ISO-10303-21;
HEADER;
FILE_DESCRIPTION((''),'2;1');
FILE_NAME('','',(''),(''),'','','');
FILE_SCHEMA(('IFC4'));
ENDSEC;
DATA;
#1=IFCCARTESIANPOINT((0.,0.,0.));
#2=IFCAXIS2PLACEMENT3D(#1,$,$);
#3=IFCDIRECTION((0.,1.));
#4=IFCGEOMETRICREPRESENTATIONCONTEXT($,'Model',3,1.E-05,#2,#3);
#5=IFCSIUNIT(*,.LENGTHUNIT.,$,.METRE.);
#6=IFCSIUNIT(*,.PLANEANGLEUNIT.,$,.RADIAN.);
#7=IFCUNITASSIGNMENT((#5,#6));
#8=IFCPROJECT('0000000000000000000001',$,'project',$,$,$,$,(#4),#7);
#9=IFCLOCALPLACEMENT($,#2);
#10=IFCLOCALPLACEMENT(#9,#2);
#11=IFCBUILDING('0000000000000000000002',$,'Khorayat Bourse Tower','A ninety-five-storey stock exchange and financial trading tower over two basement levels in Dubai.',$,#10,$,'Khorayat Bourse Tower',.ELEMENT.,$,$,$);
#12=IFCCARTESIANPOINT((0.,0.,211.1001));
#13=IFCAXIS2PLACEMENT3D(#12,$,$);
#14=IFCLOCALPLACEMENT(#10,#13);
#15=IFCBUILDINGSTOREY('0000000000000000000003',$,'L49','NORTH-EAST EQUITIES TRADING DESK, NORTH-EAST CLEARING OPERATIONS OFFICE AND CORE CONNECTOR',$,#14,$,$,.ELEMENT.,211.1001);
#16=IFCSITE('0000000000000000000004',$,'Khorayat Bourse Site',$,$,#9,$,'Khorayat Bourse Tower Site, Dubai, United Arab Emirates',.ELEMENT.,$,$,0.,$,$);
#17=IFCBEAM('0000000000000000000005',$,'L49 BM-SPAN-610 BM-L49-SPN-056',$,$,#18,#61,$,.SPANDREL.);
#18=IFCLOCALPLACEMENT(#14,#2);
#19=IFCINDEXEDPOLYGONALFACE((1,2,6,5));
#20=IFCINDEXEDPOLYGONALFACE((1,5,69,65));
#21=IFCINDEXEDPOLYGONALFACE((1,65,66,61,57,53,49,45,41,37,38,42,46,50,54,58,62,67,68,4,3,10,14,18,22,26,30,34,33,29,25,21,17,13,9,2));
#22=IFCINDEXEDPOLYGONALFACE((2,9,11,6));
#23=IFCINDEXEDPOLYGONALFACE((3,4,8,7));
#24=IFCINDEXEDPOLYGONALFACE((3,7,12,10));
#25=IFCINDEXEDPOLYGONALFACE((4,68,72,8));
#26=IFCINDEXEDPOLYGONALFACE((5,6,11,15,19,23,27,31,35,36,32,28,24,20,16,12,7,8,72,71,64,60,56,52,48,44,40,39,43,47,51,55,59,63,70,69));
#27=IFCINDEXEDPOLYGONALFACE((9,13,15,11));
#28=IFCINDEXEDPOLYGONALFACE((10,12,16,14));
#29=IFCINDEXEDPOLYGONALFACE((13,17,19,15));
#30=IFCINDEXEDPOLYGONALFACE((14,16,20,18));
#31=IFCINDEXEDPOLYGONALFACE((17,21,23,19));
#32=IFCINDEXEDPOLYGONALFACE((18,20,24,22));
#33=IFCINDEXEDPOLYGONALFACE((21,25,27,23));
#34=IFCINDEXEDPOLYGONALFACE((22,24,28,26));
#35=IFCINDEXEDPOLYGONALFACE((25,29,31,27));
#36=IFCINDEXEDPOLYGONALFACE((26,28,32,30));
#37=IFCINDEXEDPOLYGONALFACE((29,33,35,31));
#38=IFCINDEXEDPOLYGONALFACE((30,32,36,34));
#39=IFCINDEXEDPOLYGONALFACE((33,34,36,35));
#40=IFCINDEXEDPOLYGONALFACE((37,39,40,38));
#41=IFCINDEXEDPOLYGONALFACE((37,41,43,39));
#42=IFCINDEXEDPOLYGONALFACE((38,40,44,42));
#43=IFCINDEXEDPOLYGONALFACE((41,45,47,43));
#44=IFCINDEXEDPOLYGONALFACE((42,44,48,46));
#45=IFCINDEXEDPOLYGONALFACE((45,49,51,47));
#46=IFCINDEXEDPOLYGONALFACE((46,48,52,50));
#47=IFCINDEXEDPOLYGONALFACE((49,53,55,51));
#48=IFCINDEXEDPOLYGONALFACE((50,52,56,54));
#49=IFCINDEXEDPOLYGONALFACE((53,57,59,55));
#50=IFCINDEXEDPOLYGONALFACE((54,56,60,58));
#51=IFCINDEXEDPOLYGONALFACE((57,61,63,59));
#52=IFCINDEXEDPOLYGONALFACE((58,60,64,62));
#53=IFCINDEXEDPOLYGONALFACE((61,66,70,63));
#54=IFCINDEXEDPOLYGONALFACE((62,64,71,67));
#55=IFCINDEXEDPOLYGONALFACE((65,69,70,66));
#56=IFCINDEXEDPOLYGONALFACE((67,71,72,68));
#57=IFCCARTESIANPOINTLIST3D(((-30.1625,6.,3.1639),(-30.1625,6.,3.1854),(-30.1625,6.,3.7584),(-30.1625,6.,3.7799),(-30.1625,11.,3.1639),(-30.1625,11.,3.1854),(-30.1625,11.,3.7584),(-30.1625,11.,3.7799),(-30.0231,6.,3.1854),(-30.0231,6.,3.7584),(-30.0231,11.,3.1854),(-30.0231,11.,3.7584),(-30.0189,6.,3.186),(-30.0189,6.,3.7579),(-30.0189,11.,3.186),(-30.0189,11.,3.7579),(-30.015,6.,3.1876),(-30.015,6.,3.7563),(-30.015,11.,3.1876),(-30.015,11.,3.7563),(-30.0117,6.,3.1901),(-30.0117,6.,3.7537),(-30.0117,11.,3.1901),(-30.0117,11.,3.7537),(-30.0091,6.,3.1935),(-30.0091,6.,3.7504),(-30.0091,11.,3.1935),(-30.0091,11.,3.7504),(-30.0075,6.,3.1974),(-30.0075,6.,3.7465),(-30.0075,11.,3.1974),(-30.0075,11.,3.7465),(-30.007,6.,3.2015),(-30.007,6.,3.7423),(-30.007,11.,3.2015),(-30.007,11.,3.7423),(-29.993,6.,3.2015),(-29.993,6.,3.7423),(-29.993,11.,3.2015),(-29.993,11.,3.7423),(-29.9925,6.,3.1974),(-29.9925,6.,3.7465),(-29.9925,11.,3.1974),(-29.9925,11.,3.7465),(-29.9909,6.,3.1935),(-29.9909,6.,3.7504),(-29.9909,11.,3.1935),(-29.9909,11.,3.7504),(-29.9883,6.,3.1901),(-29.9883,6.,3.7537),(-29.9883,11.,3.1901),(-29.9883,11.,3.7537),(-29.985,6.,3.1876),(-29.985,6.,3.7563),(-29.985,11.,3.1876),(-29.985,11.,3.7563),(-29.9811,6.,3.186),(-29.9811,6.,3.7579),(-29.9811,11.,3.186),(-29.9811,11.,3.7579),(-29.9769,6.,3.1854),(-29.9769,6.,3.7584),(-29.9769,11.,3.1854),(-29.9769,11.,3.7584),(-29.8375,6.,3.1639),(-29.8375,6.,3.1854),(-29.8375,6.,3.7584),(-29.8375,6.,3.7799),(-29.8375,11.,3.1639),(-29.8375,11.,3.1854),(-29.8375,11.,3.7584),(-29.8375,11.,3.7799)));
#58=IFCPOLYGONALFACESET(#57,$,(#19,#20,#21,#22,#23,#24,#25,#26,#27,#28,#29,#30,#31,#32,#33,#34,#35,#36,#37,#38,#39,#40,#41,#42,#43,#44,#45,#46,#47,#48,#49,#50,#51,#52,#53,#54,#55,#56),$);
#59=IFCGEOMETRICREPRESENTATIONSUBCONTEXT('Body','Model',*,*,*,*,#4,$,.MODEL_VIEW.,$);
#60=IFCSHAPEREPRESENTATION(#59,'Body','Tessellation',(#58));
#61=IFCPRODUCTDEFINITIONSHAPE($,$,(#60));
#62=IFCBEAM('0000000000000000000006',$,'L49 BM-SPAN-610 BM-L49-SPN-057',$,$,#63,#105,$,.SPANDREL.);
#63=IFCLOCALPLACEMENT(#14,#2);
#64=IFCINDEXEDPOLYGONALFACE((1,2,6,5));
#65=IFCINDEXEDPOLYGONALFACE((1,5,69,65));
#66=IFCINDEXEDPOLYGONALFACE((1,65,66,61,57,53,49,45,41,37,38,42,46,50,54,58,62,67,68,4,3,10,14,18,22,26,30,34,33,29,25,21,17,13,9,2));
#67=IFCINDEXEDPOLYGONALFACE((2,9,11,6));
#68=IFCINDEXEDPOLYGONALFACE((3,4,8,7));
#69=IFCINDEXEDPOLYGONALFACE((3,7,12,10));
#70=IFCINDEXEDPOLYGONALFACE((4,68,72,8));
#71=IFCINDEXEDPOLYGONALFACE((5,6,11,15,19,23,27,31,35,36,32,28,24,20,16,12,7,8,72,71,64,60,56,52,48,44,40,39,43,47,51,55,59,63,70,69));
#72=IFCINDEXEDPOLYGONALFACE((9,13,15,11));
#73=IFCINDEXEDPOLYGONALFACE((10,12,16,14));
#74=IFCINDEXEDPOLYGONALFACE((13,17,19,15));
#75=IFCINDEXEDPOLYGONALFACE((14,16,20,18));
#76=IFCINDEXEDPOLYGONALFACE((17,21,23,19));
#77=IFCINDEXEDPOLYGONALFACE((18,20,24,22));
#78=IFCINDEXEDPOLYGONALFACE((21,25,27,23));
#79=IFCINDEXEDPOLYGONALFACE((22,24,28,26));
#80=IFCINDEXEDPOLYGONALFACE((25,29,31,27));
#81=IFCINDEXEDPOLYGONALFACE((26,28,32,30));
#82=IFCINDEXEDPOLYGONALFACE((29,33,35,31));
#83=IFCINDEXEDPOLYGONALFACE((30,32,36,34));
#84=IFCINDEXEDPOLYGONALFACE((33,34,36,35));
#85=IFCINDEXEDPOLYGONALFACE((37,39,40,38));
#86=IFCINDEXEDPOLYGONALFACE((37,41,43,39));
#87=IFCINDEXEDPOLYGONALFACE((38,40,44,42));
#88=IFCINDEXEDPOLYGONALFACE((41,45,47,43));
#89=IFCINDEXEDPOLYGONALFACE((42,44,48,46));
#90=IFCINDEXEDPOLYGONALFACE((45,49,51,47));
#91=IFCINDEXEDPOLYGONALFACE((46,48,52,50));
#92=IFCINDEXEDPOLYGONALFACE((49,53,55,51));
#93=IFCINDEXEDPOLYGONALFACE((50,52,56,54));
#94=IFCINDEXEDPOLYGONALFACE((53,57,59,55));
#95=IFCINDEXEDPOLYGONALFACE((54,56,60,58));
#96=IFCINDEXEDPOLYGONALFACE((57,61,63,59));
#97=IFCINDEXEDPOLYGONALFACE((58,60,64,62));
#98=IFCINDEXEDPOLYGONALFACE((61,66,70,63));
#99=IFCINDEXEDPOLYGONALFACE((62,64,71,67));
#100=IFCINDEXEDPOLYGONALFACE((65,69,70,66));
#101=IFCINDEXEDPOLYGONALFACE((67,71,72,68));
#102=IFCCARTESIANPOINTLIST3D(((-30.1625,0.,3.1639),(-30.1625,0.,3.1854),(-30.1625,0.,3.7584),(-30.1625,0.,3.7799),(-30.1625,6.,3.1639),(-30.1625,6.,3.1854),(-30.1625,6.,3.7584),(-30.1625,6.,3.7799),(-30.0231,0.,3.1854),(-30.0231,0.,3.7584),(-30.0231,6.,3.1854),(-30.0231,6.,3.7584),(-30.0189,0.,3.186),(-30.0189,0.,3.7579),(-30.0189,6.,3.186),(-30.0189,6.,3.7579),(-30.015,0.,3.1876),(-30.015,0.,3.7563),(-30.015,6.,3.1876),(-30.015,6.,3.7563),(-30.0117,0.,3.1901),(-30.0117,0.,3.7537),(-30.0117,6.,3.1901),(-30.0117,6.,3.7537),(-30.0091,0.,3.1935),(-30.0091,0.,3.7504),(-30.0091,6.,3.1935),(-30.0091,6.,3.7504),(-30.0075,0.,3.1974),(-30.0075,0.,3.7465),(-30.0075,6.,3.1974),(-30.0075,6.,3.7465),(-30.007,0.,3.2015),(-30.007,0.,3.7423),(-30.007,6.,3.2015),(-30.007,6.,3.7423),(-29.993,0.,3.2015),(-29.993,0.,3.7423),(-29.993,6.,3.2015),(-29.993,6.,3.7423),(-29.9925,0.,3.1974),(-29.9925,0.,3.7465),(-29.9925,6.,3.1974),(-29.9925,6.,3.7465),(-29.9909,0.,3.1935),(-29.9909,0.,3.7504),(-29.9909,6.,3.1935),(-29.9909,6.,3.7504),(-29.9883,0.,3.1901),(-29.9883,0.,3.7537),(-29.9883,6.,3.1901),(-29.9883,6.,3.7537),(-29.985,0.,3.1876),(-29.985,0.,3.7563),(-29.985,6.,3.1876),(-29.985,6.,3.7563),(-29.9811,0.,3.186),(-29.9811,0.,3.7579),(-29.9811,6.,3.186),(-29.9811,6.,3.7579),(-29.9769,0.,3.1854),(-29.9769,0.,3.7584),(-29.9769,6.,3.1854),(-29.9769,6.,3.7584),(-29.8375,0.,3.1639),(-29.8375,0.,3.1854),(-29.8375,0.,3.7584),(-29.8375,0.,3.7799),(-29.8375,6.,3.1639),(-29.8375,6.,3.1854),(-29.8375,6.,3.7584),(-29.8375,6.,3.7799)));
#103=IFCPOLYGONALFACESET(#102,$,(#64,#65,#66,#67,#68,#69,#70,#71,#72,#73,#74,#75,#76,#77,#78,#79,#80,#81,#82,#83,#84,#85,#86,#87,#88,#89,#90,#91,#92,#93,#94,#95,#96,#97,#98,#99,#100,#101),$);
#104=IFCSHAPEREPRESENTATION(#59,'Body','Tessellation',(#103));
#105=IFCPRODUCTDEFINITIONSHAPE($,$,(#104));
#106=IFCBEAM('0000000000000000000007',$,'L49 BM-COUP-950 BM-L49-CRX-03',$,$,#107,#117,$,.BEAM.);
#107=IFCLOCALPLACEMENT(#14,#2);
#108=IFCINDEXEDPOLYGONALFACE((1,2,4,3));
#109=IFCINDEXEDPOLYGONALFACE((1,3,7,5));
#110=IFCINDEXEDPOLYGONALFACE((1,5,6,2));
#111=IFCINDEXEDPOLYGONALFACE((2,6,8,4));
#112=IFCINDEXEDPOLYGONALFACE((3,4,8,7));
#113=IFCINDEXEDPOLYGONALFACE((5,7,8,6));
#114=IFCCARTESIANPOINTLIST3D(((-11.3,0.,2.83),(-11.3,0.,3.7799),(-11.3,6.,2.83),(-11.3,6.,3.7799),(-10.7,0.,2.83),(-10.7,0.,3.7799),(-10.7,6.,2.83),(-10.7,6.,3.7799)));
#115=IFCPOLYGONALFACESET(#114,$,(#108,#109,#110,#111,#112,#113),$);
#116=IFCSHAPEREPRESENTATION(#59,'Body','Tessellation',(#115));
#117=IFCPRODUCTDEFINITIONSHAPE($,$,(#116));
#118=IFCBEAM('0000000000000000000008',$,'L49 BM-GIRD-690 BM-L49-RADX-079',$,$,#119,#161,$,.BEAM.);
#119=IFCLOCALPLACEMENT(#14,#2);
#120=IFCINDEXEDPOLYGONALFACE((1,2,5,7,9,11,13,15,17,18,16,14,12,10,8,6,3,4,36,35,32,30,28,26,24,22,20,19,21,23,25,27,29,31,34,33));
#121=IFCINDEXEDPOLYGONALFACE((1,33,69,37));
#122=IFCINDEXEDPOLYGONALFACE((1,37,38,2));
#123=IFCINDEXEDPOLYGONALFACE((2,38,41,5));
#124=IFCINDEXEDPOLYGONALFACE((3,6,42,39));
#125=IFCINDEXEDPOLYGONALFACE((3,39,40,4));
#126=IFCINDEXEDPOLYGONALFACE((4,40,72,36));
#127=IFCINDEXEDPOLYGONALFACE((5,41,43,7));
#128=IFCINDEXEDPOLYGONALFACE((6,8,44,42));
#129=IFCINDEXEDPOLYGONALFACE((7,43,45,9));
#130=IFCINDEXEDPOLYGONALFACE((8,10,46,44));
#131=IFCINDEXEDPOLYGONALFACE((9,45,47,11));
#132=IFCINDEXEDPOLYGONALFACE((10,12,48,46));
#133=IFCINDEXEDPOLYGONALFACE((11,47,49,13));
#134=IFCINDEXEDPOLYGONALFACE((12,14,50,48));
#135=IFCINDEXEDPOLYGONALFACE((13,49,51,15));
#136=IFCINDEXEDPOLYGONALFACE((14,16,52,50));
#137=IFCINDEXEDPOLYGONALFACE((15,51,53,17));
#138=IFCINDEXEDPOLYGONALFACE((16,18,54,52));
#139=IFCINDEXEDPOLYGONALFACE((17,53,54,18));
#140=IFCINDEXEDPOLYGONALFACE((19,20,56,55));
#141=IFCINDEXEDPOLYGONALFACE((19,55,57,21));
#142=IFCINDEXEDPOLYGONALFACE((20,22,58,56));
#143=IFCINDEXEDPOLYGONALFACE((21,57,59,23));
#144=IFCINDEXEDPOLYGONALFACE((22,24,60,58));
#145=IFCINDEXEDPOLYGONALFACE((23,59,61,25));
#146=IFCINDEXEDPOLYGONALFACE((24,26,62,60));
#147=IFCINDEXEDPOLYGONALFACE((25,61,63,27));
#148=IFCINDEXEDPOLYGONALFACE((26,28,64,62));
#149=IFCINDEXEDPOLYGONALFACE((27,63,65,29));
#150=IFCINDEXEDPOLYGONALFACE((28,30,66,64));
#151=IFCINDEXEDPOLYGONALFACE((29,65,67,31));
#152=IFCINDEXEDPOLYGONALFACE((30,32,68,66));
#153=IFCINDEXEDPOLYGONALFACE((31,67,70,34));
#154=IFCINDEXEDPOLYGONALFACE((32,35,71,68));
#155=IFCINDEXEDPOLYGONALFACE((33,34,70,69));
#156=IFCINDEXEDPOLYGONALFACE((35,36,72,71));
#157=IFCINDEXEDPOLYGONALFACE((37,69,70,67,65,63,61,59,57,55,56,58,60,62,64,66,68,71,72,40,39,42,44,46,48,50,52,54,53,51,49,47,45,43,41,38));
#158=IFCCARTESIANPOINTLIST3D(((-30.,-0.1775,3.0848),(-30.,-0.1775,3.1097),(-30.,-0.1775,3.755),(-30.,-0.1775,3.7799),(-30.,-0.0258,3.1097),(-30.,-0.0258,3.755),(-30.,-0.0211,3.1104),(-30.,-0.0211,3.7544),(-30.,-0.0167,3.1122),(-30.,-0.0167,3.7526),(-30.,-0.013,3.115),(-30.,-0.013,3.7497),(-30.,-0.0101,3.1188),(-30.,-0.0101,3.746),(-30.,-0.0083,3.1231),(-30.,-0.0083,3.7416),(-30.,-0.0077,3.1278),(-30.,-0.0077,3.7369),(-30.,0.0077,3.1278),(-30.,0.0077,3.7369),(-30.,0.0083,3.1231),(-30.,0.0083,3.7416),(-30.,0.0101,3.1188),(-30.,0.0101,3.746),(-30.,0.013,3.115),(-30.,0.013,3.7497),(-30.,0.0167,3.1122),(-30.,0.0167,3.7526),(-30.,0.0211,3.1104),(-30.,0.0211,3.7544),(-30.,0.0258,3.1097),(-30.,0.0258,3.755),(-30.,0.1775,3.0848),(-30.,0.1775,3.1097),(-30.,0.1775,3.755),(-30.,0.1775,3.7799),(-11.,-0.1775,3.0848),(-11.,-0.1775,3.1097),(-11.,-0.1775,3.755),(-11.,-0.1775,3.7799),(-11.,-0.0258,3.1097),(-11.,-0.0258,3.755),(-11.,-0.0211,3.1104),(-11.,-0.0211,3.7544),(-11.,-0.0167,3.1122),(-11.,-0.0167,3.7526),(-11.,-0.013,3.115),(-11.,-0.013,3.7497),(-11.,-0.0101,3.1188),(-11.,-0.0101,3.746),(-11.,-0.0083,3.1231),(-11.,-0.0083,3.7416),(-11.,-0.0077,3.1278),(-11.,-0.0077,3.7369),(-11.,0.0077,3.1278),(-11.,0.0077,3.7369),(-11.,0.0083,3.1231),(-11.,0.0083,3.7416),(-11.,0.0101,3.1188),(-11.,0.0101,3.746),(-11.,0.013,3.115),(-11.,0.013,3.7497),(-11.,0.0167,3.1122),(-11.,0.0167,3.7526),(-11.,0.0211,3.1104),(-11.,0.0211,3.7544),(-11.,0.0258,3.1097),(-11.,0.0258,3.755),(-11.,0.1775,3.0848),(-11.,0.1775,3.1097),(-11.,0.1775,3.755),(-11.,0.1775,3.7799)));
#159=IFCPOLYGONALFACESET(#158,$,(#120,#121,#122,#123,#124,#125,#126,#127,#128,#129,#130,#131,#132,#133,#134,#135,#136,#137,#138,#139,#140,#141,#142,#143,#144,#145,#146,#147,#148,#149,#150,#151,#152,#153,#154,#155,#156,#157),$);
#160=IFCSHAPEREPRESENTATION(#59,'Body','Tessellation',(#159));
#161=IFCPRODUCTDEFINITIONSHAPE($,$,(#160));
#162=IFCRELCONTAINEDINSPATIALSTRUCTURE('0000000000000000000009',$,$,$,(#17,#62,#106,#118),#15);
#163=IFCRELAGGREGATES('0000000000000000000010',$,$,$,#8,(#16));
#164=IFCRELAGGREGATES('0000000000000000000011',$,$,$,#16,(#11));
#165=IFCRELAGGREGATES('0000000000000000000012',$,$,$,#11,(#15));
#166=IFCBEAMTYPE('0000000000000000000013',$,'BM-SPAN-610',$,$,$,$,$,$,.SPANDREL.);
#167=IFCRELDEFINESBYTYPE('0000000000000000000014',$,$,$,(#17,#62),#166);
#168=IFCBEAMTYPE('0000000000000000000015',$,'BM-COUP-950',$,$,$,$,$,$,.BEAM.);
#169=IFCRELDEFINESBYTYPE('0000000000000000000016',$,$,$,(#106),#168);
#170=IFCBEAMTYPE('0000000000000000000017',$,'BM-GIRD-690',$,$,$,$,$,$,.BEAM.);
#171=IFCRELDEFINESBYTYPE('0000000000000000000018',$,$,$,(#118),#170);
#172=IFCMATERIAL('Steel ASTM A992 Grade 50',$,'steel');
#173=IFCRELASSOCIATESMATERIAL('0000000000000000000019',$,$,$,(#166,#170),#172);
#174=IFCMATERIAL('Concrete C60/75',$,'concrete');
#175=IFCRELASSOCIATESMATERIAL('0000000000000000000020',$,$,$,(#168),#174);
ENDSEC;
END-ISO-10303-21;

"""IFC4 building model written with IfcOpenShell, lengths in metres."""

from ifc_helpers import new_model, si_unit, direction, frame, origin, origin_2d, place, context, subcontext, project, spatial, rectangle, i_section, extrude, source, transform, mapped, material, material_profile, profile_set, type_object, element, save


model = new_model("IFC4")

# Units and contexts
model_context = context("Model", 3, precision=1e-05, world=origin(), true_north=direction((0.0, 1.0)))
body_context = subcontext(model_context, "Body", "Model", "MODEL_VIEW")
ifc_project = project(units=[si_unit("LENGTHUNIT", "METRE"), si_unit("PLANEANGLEUNIT", "RADIAN")], contexts=[model_context])

# Site, building, storey
site_placement = place(None, origin())
site = spatial("IfcSite", under=ifc_project, at=site_placement, Name="Khorayat Bourse Site", LongName="Khorayat Bourse Tower Site, Dubai, United Arab Emirates", CompositionType="ELEMENT", RefElevation=0.0)
building_placement = place(site_placement, origin())
building = spatial("IfcBuilding", under=site, at=building_placement, Name="Khorayat Bourse Tower", Description="A ninety-five-storey stock exchange and financial trading tower over two basement levels in Dubai.", LongName="Khorayat Bourse Tower", CompositionType="ELEMENT")
storey_placement = place(building_placement, frame((0.0, 0.0, 211.1001)))
storey = spatial("IfcBuildingStorey", under=building, at=storey_placement, Name="L49", Description="NORTH-EAST EQUITIES TRADING DESK, NORTH-EAST CLEARING OPERATIONS OFFICE AND CORE CONNECTOR", CompositionType="ELEMENT", Elevation=211.1001)

# Shared definitions
ifc_material_1 = material(Name="Concrete C60/75", Category="concrete")

# Beams
ifc_material_2 = material(Name="Steel ASTM A992 Grade 50", Category="steel")
ifc_material_profile_1 = material_profile(ifc_material_2, i_section(OverallWidth=0.325, OverallDepth=0.616, WebThickness=0.0139, FlangeThickness=0.0215, FilletRadius=0.0161, at=origin_2d()), Name="W610X174")
ifc_profile_set_1 = profile_set([ifc_material_profile_1], Name="Steel ASTM A992 Grade 50")
beam_type_1 = type_object("IfcBeamType", Name="BM-SPAN-610", PredefinedType="SPANDREL", material=ifc_profile_set_1)
shared_shape_1 = source(origin(), body_context, "Body", "SweptSolid", [
    extrude(i_section(OverallWidth=0.325, OverallDepth=0.616, WebThickness=0.0139, FlangeThickness=0.0215, FilletRadius=0.0161, at=origin_2d()), origin(), (0.0, 0.0, 1.0), 5.0),
])
beam_1_placement = place(storey_placement, frame((-30.0, 6.0, 3.4719), z_axis=(0.0, 1.0, 0.0), x_axis=(-1.0, 0.0, 0.0)))
element("IfcBeam", 1, at=beam_1_placement, inside=storey, type_object=beam_type_1, Name="L49 BM-SPAN-610 BM-L49-SPN-056", PredefinedType="SPANDREL", context=body_context, shape_type="MappedRepresentation", body=[
    mapped(shared_shape_1, transform((0.0, 0.0, 0.0), scale=1.0)),
])
shared_shape_2 = source(origin(), body_context, "Body", "SweptSolid", [
    extrude(i_section(OverallWidth=0.325, OverallDepth=0.616, WebThickness=0.0139, FlangeThickness=0.0215, FilletRadius=0.0161, at=origin_2d()), origin(), (0.0, 0.0, 1.0), 6.0),
])
beam_2_placement = place(storey_placement, frame((-30.0, 0.0, 3.4719), z_axis=(0.0, 1.0, 0.0), x_axis=(-1.0, 0.0, 0.0)))
element("IfcBeam", 2, at=beam_2_placement, inside=storey, type_object=beam_type_1, Name="L49 BM-SPAN-610 BM-L49-SPN-057", PredefinedType="SPANDREL", context=body_context, shape_type="MappedRepresentation", body=[
    mapped(shared_shape_2, transform((0.0, 0.0, 0.0), scale=1.0)),
])
ifc_material_profile_2 = material_profile(ifc_material_1, rectangle(XDim=0.6001, YDim=0.95, at=origin_2d()), Name="RC 600x950")
ifc_profile_set_2 = profile_set([ifc_material_profile_2], Name="Concrete C60/75")
beam_type_2 = type_object("IfcBeamType", Name="BM-COUP-950", PredefinedType="BEAM", material=ifc_profile_set_2)
shared_shape_3 = source(origin(), body_context, "Body", "SweptSolid", [
    extrude(rectangle(XDim=0.6001, YDim=0.95, at=origin_2d()), origin(), (0.0, 0.0, 1.0), 6.0),
])
beam_3_placement = place(storey_placement, frame((-11.0, 0.0, 3.3049), z_axis=(0.0, 1.0, 0.0), x_axis=(-1.0, 0.0, 0.0)))
element("IfcBeam", 3, at=beam_3_placement, inside=storey, type_object=beam_type_2, Name="L49 BM-COUP-950 BM-L49-CRX-03", PredefinedType="BEAM", context=body_context, shape_type="MappedRepresentation", body=[
    mapped(shared_shape_3, transform((0.0, 0.0, 0.0), scale=1.0)),
])
ifc_material_profile_3 = material_profile(ifc_material_2, i_section(OverallWidth=0.355, OverallDepth=0.6951, WebThickness=0.0154, FlangeThickness=0.0249, FilletRadius=0.0181, at=origin_2d()), Name="W690X217")
ifc_profile_set_3 = profile_set([ifc_material_profile_3], Name="Steel ASTM A992 Grade 50")
beam_type_3 = type_object("IfcBeamType", Name="BM-GIRD-690", PredefinedType="BEAM", material=ifc_profile_set_3)
shared_shape_4 = source(origin(), body_context, "Body", "SweptSolid", [
    extrude(i_section(OverallWidth=0.355, OverallDepth=0.6951, WebThickness=0.0154, FlangeThickness=0.0249, FilletRadius=0.0181, at=origin_2d()), origin(), (0.0, 0.0, 1.0), 19.0),
])
for number, where, z_axis, x_axis, name in (
    (4, (-30.0, 0.0, 3.4324), (1.0, 0.0, 0.0), (0.0, 1.0, 0.0), "L49 BM-GIRD-690 BM-L49-RADX-079"),
):
    element("IfcBeam", number, at=place(storey_placement, frame(where, z_axis=z_axis, x_axis=x_axis)), inside=storey, type_object=beam_type_3, Name=name, PredefinedType="BEAM", context=body_context, shape_type="MappedRepresentation", body=[
        mapped(shared_shape_4, transform((0.0, 0.0, 0.0), scale=1.0)),
    ])

save(model, "model.ifc")
